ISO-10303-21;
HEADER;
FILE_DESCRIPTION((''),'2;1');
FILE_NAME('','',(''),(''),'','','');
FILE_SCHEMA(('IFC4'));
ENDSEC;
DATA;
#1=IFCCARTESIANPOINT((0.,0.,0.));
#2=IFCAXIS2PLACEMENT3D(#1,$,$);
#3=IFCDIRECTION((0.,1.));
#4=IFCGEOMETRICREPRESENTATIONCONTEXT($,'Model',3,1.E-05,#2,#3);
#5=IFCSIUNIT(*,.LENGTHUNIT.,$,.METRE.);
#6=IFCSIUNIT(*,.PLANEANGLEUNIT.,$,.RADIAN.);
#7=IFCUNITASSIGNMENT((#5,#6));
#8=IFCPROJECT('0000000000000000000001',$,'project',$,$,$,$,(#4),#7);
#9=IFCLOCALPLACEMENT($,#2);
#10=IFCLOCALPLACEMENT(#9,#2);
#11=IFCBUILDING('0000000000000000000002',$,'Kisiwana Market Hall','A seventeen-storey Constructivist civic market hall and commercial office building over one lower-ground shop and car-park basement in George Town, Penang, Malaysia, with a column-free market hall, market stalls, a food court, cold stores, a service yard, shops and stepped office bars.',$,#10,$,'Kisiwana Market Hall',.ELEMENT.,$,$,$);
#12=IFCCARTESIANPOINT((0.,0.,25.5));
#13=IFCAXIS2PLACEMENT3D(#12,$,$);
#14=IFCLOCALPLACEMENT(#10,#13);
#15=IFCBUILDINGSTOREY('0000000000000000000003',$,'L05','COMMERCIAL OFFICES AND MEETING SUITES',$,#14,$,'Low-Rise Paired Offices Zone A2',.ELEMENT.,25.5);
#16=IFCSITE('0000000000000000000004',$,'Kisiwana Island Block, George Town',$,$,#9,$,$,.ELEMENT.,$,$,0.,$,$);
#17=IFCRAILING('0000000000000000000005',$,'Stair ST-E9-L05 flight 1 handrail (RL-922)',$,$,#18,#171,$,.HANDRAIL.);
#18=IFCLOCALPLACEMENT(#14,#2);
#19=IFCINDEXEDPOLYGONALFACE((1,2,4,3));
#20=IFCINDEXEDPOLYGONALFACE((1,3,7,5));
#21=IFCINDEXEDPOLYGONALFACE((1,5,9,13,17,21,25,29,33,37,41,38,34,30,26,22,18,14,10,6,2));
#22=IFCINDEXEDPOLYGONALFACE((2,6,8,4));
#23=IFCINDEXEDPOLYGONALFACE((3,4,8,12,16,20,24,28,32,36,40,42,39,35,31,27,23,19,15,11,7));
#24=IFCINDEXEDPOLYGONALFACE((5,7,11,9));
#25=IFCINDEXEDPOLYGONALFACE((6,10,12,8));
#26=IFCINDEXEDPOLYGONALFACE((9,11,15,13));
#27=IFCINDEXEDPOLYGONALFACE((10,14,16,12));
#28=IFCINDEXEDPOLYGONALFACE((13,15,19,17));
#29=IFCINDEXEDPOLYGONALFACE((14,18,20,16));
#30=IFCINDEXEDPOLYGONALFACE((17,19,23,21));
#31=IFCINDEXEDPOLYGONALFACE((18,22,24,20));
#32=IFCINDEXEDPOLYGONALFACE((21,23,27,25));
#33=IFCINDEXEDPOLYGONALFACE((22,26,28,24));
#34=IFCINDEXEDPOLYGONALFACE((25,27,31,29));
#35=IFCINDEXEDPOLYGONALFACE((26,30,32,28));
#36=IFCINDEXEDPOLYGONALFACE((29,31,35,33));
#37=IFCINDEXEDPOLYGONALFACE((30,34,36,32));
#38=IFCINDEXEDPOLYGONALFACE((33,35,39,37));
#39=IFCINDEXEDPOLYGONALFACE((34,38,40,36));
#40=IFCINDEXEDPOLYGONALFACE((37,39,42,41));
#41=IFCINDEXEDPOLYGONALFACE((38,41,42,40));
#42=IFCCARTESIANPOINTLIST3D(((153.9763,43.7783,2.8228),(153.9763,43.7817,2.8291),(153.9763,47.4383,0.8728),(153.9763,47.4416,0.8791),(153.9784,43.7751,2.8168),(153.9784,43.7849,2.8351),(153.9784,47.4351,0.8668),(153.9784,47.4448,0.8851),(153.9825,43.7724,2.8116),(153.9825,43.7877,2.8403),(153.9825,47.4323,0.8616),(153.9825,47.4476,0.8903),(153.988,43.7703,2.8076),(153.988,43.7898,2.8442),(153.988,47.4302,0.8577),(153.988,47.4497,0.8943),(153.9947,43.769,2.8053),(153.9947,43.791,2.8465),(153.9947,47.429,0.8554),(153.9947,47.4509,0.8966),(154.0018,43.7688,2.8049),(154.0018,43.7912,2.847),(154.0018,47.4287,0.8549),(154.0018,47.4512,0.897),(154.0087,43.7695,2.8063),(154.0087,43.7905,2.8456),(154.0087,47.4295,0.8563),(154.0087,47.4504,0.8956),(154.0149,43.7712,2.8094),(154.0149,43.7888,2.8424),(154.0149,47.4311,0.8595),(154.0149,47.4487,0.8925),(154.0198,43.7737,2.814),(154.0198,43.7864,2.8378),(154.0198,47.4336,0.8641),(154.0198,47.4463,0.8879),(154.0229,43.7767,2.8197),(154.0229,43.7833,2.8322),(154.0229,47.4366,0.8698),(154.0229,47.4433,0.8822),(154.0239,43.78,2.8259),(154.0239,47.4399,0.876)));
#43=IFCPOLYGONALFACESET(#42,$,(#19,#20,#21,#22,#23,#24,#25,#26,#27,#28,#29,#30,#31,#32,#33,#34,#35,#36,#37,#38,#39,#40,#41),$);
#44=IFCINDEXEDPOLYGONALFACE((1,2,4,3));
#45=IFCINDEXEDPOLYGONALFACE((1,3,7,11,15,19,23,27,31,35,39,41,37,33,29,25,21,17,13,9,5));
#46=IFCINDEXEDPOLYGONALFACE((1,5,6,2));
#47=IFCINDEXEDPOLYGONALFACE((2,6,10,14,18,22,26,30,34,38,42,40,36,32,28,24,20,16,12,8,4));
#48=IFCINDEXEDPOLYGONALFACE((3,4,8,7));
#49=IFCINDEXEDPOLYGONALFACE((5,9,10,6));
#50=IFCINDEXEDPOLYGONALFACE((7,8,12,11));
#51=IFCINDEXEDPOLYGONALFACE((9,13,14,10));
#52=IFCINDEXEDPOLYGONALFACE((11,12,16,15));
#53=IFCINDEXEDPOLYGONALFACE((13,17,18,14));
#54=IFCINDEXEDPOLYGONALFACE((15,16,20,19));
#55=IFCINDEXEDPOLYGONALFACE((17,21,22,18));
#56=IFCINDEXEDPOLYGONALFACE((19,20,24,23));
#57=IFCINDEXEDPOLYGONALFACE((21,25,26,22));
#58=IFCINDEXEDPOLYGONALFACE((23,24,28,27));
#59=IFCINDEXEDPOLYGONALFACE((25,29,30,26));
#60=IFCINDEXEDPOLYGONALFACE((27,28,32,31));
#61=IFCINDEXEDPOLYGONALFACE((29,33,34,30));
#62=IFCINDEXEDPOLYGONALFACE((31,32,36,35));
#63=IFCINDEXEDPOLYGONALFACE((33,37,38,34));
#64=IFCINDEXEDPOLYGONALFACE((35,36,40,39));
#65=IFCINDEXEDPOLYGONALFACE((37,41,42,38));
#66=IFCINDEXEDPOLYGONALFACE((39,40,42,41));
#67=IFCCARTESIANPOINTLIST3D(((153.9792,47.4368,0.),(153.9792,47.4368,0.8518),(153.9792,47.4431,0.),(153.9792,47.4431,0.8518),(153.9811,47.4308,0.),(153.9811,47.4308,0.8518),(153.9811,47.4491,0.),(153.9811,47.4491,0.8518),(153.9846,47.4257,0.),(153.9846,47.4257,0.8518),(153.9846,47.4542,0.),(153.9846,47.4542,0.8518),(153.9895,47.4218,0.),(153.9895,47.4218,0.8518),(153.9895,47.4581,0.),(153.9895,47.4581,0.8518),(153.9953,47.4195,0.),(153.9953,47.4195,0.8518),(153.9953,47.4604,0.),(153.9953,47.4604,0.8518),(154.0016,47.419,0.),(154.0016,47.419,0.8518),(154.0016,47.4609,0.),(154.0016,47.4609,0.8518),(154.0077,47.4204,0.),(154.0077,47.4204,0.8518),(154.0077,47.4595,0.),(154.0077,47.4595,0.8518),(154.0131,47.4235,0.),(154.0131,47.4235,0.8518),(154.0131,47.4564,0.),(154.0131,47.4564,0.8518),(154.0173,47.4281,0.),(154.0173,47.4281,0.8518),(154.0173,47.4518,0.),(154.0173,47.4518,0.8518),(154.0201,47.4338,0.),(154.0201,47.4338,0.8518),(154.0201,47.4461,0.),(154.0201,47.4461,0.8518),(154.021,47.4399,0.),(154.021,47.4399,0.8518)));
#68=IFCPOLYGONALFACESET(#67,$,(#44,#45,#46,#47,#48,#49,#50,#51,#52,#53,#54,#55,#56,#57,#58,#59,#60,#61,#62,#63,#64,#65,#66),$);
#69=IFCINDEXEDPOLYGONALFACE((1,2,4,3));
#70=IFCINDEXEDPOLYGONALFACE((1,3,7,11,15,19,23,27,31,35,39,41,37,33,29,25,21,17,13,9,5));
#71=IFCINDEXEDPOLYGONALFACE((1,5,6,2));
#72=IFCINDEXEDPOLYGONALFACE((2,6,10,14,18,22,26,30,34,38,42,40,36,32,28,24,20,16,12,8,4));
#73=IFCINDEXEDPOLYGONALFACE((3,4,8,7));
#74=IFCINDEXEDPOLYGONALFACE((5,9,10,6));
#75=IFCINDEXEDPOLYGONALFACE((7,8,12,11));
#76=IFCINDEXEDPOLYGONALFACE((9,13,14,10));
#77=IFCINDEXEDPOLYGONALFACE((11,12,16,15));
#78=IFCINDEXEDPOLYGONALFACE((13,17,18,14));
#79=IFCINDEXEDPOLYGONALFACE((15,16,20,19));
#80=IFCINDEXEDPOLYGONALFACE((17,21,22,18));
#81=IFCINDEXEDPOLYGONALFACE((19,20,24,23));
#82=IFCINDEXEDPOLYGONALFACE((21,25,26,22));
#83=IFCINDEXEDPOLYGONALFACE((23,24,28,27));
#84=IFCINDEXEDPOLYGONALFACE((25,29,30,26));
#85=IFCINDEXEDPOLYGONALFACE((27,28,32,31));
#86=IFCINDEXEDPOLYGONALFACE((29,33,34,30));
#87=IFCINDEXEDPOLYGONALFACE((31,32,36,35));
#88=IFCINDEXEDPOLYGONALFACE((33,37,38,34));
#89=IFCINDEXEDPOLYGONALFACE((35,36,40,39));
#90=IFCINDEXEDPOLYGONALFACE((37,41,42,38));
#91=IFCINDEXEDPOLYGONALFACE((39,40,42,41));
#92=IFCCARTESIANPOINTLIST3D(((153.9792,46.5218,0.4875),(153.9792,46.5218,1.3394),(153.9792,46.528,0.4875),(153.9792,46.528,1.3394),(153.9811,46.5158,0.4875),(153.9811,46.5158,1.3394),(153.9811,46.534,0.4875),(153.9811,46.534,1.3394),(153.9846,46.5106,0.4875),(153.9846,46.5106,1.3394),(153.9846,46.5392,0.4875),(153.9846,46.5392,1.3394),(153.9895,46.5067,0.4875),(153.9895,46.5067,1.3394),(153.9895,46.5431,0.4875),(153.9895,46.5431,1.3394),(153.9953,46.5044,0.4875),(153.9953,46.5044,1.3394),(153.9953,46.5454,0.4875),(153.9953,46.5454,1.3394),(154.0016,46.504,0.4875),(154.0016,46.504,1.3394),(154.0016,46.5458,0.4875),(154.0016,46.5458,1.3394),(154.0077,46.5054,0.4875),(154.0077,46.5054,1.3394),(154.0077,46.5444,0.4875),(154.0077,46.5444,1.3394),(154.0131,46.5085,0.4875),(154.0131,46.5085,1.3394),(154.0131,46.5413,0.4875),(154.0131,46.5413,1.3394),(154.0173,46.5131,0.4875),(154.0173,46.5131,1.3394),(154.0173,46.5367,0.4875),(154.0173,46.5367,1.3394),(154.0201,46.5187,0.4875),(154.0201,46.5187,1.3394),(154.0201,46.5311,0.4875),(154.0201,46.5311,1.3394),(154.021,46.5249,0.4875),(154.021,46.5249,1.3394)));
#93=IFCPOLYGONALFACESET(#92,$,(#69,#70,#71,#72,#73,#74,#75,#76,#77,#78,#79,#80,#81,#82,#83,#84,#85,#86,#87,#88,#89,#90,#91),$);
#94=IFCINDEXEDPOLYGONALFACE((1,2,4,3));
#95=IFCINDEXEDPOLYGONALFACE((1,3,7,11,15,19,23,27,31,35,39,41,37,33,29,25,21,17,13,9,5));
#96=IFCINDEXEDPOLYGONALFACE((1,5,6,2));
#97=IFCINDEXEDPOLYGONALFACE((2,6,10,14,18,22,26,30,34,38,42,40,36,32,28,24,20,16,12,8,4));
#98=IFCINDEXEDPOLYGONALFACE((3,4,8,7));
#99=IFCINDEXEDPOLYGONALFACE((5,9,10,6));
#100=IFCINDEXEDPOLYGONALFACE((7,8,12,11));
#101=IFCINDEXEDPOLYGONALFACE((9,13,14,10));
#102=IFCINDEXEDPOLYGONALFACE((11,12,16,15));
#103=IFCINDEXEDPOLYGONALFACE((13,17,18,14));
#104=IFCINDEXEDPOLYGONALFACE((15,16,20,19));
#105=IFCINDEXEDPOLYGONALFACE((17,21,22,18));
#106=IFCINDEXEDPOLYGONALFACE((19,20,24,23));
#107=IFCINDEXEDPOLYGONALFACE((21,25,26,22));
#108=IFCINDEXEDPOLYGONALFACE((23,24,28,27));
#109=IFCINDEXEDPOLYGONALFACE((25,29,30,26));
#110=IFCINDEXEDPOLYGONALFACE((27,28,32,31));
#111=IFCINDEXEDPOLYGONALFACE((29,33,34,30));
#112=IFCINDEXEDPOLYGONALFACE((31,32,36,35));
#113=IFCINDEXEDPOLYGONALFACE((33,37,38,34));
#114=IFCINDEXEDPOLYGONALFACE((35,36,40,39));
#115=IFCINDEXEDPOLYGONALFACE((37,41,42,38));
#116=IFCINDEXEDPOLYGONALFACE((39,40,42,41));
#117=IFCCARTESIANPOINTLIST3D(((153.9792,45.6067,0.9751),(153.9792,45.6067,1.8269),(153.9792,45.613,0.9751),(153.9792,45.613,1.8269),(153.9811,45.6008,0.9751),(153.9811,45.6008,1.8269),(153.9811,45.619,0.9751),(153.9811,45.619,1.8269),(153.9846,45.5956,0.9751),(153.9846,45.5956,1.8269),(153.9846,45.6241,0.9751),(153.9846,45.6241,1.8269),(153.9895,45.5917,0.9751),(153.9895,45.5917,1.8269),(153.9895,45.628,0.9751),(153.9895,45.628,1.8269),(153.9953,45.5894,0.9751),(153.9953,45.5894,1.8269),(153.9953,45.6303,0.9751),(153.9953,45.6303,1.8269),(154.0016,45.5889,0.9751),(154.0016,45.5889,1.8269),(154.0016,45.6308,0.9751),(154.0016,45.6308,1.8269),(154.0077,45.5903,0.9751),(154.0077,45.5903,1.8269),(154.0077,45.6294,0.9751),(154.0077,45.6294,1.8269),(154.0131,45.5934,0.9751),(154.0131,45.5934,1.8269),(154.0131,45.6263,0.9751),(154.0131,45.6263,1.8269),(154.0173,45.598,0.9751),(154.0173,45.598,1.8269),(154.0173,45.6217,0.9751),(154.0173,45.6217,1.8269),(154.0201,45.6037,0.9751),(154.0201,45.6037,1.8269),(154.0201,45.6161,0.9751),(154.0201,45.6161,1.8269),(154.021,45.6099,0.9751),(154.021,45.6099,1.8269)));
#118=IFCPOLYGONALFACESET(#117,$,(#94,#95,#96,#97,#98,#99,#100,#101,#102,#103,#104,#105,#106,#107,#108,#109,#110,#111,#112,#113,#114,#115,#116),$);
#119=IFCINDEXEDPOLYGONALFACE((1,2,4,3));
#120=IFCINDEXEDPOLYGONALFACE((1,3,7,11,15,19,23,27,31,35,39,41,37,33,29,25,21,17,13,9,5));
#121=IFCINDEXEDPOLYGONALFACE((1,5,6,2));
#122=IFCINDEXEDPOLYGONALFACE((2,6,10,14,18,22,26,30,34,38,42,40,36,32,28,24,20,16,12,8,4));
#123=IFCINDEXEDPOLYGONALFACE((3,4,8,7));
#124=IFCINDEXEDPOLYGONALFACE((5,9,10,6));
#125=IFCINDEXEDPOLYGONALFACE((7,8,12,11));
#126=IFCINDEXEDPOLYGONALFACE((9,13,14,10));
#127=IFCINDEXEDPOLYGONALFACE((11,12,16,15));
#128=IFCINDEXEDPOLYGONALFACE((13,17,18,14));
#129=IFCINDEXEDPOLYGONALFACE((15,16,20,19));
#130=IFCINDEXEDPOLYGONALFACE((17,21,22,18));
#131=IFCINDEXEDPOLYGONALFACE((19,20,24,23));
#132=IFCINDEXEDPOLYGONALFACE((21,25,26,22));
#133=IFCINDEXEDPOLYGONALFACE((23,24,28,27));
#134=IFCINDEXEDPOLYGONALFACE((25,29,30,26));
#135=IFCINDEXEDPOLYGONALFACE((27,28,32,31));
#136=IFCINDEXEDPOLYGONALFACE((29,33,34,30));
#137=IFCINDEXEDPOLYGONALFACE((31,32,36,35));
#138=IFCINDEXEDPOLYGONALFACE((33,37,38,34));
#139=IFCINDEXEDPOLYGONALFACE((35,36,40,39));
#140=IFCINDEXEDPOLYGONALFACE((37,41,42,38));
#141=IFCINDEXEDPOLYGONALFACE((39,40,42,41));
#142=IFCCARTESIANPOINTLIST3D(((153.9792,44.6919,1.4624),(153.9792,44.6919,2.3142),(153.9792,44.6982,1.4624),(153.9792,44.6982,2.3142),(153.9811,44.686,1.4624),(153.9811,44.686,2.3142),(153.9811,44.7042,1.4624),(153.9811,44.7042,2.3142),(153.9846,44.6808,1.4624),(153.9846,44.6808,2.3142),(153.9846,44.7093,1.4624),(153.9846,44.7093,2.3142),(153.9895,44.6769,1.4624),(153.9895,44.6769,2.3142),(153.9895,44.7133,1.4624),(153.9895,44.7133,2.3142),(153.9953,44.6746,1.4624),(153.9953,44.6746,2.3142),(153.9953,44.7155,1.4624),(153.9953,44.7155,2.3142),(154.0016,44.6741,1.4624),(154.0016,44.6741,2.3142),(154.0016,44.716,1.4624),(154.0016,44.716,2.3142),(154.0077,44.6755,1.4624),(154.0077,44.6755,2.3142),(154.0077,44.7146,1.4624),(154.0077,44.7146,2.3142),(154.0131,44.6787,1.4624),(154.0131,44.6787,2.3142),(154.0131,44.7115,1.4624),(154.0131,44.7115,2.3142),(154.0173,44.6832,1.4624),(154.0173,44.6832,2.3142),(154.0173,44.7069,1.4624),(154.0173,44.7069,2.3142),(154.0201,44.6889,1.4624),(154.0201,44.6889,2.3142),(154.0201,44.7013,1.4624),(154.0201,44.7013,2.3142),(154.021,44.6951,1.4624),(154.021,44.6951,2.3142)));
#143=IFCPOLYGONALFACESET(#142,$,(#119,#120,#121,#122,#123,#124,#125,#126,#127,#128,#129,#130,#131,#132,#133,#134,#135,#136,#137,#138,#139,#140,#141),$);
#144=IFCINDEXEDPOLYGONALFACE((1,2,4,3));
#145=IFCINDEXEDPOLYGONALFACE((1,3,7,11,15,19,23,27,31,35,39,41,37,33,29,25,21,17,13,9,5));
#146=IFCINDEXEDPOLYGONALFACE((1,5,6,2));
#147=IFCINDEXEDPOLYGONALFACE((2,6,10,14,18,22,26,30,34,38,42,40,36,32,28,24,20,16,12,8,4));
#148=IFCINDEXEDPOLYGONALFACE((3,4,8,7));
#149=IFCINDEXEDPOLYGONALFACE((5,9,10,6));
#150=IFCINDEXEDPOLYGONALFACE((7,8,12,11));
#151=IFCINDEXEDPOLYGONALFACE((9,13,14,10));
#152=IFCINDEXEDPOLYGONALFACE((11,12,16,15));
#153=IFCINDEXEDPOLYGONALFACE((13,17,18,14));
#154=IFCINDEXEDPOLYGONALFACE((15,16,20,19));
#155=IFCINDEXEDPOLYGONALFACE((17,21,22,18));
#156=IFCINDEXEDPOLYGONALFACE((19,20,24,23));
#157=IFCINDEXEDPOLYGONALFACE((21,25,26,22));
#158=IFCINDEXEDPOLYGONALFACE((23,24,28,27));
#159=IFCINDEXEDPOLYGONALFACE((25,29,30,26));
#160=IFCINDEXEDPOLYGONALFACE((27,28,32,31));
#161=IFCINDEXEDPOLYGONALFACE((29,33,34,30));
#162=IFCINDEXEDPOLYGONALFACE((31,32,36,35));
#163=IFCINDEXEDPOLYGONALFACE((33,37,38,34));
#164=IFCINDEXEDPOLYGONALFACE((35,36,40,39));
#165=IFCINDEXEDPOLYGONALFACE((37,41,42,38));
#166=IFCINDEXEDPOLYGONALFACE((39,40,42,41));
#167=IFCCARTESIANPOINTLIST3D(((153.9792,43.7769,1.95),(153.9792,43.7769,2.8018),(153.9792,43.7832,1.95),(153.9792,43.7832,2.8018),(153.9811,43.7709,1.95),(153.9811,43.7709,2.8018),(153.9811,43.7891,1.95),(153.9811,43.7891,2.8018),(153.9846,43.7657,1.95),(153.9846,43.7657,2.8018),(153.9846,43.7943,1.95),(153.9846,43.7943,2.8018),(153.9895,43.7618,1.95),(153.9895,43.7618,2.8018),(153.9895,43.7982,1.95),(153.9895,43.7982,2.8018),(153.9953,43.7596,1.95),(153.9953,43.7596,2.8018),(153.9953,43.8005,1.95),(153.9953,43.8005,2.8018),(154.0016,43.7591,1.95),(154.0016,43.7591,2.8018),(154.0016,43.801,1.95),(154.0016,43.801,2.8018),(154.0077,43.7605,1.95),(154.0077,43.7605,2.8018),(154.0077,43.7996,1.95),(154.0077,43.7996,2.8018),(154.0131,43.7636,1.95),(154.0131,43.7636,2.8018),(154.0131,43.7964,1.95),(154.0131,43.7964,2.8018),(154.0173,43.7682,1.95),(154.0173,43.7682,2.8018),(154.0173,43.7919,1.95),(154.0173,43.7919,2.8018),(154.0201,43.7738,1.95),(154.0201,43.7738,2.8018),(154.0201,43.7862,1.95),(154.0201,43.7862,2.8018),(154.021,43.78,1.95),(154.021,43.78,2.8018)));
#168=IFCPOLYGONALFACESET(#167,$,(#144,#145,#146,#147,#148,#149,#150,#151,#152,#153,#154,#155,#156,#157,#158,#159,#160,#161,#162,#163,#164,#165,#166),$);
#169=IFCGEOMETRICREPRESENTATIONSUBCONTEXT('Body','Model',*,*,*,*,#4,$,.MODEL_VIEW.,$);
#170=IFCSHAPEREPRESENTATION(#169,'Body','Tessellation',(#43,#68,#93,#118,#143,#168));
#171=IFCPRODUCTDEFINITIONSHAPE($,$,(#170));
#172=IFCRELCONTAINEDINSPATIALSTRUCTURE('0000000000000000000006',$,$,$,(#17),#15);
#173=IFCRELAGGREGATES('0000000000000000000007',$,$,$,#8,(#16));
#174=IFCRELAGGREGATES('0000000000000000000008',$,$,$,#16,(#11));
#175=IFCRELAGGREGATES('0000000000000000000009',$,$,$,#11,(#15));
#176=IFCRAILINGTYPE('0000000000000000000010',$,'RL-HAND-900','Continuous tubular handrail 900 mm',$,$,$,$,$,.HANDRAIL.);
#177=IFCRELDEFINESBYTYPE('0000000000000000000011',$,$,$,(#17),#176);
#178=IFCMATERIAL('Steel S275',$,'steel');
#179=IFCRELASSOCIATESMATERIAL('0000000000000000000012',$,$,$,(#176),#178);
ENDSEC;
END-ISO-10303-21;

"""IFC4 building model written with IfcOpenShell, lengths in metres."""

from ifc_helpers import new_model, si_unit, direction, frame, origin, origin_2d, place, context, subcontext, project, spatial, circle, extrude, material, type_object, element, save


model = new_model("IFC4")

# Units and contexts
model_context = context("Model", 3, precision=1e-05, world=origin(), true_north=direction((0.0, 1.0)))
body_context = subcontext(model_context, "Body", "Model", "MODEL_VIEW")
ifc_project = project(units=[si_unit("LENGTHUNIT", "METRE"), si_unit("PLANEANGLEUNIT", "RADIAN")], contexts=[model_context])

# Site, building, storey
site_placement = place(None, origin())
site = spatial("IfcSite", under=ifc_project, at=site_placement, Name="Kisiwana Island Block, George Town", CompositionType="ELEMENT", RefElevation=0.0)
building_placement = place(site_placement, origin())
building = spatial("IfcBuilding", under=site, at=building_placement, Name="Kisiwana Market Hall", Description="A seventeen-storey Constructivist civic market hall and commercial office building over one lower-ground shop and car-park basement in George Town, Penang, Malaysia, with a column-free market hall, market stalls, a food court, cold stores, a service yard, shops and stepped office bars.", LongName="Kisiwana Market Hall", CompositionType="ELEMENT")
storey_placement = place(building_placement, frame((0.0, 0.0, 25.5)))
storey = spatial("IfcBuildingStorey", under=building, at=storey_placement, Name="L05", Description="COMMERCIAL OFFICES AND MEETING SUITES", LongName="Low-Rise Paired Offices Zone A2", CompositionType="ELEMENT", Elevation=25.5)

# Railing
ifc_material_1 = material(Name="Steel S275", Category="steel")
railing_type_1 = type_object("IfcRailingType", Name="RL-HAND-900", Description="Continuous tubular handrail 900 mm", PredefinedType="HANDRAIL", material=ifc_material_1)
railing_1_placement = place(storey_placement, frame((154.0, 47.4399, 0.0)))
element("IfcRailing", 1, at=railing_1_placement, inside=storey, type_object=railing_type_1, Name="Stair ST-E9-L05 flight 1 handrail (RL-922)", PredefinedType="HANDRAIL", context=body_context, shape_type="SweptSolid", body=[
    extrude(circle(Radius=0.0239, at=origin_2d()), frame((0.0, 0.0, 0.876), z_axis=(0.0, -0.882553, 0.470212), x_axis=(1.0, 0.0, 0.0)), (0.0, 0.0, 1.0), 4.147),
    extrude(circle(Radius=0.021, at=origin_2d()), origin(), (0.0, 0.0, 1.0), 0.8518),
    extrude(circle(Radius=0.021, at=origin_2d()), frame((0.0, -0.915, 0.4875)), (0.0, 0.0, 1.0), 0.8518),
    extrude(circle(Radius=0.021, at=origin_2d()), frame((0.0, -1.8301, 0.9751)), (0.0, 0.0, 1.0), 0.8518),
    extrude(circle(Radius=0.021, at=origin_2d()), frame((0.0, -2.7449, 1.4624)), (0.0, 0.0, 1.0), 0.8518),
    extrude(circle(Radius=0.021, at=origin_2d()), frame((0.0, -3.6599, 1.95)), (0.0, 0.0, 1.0), 0.8518),
])

save(model, "model.ifc")
